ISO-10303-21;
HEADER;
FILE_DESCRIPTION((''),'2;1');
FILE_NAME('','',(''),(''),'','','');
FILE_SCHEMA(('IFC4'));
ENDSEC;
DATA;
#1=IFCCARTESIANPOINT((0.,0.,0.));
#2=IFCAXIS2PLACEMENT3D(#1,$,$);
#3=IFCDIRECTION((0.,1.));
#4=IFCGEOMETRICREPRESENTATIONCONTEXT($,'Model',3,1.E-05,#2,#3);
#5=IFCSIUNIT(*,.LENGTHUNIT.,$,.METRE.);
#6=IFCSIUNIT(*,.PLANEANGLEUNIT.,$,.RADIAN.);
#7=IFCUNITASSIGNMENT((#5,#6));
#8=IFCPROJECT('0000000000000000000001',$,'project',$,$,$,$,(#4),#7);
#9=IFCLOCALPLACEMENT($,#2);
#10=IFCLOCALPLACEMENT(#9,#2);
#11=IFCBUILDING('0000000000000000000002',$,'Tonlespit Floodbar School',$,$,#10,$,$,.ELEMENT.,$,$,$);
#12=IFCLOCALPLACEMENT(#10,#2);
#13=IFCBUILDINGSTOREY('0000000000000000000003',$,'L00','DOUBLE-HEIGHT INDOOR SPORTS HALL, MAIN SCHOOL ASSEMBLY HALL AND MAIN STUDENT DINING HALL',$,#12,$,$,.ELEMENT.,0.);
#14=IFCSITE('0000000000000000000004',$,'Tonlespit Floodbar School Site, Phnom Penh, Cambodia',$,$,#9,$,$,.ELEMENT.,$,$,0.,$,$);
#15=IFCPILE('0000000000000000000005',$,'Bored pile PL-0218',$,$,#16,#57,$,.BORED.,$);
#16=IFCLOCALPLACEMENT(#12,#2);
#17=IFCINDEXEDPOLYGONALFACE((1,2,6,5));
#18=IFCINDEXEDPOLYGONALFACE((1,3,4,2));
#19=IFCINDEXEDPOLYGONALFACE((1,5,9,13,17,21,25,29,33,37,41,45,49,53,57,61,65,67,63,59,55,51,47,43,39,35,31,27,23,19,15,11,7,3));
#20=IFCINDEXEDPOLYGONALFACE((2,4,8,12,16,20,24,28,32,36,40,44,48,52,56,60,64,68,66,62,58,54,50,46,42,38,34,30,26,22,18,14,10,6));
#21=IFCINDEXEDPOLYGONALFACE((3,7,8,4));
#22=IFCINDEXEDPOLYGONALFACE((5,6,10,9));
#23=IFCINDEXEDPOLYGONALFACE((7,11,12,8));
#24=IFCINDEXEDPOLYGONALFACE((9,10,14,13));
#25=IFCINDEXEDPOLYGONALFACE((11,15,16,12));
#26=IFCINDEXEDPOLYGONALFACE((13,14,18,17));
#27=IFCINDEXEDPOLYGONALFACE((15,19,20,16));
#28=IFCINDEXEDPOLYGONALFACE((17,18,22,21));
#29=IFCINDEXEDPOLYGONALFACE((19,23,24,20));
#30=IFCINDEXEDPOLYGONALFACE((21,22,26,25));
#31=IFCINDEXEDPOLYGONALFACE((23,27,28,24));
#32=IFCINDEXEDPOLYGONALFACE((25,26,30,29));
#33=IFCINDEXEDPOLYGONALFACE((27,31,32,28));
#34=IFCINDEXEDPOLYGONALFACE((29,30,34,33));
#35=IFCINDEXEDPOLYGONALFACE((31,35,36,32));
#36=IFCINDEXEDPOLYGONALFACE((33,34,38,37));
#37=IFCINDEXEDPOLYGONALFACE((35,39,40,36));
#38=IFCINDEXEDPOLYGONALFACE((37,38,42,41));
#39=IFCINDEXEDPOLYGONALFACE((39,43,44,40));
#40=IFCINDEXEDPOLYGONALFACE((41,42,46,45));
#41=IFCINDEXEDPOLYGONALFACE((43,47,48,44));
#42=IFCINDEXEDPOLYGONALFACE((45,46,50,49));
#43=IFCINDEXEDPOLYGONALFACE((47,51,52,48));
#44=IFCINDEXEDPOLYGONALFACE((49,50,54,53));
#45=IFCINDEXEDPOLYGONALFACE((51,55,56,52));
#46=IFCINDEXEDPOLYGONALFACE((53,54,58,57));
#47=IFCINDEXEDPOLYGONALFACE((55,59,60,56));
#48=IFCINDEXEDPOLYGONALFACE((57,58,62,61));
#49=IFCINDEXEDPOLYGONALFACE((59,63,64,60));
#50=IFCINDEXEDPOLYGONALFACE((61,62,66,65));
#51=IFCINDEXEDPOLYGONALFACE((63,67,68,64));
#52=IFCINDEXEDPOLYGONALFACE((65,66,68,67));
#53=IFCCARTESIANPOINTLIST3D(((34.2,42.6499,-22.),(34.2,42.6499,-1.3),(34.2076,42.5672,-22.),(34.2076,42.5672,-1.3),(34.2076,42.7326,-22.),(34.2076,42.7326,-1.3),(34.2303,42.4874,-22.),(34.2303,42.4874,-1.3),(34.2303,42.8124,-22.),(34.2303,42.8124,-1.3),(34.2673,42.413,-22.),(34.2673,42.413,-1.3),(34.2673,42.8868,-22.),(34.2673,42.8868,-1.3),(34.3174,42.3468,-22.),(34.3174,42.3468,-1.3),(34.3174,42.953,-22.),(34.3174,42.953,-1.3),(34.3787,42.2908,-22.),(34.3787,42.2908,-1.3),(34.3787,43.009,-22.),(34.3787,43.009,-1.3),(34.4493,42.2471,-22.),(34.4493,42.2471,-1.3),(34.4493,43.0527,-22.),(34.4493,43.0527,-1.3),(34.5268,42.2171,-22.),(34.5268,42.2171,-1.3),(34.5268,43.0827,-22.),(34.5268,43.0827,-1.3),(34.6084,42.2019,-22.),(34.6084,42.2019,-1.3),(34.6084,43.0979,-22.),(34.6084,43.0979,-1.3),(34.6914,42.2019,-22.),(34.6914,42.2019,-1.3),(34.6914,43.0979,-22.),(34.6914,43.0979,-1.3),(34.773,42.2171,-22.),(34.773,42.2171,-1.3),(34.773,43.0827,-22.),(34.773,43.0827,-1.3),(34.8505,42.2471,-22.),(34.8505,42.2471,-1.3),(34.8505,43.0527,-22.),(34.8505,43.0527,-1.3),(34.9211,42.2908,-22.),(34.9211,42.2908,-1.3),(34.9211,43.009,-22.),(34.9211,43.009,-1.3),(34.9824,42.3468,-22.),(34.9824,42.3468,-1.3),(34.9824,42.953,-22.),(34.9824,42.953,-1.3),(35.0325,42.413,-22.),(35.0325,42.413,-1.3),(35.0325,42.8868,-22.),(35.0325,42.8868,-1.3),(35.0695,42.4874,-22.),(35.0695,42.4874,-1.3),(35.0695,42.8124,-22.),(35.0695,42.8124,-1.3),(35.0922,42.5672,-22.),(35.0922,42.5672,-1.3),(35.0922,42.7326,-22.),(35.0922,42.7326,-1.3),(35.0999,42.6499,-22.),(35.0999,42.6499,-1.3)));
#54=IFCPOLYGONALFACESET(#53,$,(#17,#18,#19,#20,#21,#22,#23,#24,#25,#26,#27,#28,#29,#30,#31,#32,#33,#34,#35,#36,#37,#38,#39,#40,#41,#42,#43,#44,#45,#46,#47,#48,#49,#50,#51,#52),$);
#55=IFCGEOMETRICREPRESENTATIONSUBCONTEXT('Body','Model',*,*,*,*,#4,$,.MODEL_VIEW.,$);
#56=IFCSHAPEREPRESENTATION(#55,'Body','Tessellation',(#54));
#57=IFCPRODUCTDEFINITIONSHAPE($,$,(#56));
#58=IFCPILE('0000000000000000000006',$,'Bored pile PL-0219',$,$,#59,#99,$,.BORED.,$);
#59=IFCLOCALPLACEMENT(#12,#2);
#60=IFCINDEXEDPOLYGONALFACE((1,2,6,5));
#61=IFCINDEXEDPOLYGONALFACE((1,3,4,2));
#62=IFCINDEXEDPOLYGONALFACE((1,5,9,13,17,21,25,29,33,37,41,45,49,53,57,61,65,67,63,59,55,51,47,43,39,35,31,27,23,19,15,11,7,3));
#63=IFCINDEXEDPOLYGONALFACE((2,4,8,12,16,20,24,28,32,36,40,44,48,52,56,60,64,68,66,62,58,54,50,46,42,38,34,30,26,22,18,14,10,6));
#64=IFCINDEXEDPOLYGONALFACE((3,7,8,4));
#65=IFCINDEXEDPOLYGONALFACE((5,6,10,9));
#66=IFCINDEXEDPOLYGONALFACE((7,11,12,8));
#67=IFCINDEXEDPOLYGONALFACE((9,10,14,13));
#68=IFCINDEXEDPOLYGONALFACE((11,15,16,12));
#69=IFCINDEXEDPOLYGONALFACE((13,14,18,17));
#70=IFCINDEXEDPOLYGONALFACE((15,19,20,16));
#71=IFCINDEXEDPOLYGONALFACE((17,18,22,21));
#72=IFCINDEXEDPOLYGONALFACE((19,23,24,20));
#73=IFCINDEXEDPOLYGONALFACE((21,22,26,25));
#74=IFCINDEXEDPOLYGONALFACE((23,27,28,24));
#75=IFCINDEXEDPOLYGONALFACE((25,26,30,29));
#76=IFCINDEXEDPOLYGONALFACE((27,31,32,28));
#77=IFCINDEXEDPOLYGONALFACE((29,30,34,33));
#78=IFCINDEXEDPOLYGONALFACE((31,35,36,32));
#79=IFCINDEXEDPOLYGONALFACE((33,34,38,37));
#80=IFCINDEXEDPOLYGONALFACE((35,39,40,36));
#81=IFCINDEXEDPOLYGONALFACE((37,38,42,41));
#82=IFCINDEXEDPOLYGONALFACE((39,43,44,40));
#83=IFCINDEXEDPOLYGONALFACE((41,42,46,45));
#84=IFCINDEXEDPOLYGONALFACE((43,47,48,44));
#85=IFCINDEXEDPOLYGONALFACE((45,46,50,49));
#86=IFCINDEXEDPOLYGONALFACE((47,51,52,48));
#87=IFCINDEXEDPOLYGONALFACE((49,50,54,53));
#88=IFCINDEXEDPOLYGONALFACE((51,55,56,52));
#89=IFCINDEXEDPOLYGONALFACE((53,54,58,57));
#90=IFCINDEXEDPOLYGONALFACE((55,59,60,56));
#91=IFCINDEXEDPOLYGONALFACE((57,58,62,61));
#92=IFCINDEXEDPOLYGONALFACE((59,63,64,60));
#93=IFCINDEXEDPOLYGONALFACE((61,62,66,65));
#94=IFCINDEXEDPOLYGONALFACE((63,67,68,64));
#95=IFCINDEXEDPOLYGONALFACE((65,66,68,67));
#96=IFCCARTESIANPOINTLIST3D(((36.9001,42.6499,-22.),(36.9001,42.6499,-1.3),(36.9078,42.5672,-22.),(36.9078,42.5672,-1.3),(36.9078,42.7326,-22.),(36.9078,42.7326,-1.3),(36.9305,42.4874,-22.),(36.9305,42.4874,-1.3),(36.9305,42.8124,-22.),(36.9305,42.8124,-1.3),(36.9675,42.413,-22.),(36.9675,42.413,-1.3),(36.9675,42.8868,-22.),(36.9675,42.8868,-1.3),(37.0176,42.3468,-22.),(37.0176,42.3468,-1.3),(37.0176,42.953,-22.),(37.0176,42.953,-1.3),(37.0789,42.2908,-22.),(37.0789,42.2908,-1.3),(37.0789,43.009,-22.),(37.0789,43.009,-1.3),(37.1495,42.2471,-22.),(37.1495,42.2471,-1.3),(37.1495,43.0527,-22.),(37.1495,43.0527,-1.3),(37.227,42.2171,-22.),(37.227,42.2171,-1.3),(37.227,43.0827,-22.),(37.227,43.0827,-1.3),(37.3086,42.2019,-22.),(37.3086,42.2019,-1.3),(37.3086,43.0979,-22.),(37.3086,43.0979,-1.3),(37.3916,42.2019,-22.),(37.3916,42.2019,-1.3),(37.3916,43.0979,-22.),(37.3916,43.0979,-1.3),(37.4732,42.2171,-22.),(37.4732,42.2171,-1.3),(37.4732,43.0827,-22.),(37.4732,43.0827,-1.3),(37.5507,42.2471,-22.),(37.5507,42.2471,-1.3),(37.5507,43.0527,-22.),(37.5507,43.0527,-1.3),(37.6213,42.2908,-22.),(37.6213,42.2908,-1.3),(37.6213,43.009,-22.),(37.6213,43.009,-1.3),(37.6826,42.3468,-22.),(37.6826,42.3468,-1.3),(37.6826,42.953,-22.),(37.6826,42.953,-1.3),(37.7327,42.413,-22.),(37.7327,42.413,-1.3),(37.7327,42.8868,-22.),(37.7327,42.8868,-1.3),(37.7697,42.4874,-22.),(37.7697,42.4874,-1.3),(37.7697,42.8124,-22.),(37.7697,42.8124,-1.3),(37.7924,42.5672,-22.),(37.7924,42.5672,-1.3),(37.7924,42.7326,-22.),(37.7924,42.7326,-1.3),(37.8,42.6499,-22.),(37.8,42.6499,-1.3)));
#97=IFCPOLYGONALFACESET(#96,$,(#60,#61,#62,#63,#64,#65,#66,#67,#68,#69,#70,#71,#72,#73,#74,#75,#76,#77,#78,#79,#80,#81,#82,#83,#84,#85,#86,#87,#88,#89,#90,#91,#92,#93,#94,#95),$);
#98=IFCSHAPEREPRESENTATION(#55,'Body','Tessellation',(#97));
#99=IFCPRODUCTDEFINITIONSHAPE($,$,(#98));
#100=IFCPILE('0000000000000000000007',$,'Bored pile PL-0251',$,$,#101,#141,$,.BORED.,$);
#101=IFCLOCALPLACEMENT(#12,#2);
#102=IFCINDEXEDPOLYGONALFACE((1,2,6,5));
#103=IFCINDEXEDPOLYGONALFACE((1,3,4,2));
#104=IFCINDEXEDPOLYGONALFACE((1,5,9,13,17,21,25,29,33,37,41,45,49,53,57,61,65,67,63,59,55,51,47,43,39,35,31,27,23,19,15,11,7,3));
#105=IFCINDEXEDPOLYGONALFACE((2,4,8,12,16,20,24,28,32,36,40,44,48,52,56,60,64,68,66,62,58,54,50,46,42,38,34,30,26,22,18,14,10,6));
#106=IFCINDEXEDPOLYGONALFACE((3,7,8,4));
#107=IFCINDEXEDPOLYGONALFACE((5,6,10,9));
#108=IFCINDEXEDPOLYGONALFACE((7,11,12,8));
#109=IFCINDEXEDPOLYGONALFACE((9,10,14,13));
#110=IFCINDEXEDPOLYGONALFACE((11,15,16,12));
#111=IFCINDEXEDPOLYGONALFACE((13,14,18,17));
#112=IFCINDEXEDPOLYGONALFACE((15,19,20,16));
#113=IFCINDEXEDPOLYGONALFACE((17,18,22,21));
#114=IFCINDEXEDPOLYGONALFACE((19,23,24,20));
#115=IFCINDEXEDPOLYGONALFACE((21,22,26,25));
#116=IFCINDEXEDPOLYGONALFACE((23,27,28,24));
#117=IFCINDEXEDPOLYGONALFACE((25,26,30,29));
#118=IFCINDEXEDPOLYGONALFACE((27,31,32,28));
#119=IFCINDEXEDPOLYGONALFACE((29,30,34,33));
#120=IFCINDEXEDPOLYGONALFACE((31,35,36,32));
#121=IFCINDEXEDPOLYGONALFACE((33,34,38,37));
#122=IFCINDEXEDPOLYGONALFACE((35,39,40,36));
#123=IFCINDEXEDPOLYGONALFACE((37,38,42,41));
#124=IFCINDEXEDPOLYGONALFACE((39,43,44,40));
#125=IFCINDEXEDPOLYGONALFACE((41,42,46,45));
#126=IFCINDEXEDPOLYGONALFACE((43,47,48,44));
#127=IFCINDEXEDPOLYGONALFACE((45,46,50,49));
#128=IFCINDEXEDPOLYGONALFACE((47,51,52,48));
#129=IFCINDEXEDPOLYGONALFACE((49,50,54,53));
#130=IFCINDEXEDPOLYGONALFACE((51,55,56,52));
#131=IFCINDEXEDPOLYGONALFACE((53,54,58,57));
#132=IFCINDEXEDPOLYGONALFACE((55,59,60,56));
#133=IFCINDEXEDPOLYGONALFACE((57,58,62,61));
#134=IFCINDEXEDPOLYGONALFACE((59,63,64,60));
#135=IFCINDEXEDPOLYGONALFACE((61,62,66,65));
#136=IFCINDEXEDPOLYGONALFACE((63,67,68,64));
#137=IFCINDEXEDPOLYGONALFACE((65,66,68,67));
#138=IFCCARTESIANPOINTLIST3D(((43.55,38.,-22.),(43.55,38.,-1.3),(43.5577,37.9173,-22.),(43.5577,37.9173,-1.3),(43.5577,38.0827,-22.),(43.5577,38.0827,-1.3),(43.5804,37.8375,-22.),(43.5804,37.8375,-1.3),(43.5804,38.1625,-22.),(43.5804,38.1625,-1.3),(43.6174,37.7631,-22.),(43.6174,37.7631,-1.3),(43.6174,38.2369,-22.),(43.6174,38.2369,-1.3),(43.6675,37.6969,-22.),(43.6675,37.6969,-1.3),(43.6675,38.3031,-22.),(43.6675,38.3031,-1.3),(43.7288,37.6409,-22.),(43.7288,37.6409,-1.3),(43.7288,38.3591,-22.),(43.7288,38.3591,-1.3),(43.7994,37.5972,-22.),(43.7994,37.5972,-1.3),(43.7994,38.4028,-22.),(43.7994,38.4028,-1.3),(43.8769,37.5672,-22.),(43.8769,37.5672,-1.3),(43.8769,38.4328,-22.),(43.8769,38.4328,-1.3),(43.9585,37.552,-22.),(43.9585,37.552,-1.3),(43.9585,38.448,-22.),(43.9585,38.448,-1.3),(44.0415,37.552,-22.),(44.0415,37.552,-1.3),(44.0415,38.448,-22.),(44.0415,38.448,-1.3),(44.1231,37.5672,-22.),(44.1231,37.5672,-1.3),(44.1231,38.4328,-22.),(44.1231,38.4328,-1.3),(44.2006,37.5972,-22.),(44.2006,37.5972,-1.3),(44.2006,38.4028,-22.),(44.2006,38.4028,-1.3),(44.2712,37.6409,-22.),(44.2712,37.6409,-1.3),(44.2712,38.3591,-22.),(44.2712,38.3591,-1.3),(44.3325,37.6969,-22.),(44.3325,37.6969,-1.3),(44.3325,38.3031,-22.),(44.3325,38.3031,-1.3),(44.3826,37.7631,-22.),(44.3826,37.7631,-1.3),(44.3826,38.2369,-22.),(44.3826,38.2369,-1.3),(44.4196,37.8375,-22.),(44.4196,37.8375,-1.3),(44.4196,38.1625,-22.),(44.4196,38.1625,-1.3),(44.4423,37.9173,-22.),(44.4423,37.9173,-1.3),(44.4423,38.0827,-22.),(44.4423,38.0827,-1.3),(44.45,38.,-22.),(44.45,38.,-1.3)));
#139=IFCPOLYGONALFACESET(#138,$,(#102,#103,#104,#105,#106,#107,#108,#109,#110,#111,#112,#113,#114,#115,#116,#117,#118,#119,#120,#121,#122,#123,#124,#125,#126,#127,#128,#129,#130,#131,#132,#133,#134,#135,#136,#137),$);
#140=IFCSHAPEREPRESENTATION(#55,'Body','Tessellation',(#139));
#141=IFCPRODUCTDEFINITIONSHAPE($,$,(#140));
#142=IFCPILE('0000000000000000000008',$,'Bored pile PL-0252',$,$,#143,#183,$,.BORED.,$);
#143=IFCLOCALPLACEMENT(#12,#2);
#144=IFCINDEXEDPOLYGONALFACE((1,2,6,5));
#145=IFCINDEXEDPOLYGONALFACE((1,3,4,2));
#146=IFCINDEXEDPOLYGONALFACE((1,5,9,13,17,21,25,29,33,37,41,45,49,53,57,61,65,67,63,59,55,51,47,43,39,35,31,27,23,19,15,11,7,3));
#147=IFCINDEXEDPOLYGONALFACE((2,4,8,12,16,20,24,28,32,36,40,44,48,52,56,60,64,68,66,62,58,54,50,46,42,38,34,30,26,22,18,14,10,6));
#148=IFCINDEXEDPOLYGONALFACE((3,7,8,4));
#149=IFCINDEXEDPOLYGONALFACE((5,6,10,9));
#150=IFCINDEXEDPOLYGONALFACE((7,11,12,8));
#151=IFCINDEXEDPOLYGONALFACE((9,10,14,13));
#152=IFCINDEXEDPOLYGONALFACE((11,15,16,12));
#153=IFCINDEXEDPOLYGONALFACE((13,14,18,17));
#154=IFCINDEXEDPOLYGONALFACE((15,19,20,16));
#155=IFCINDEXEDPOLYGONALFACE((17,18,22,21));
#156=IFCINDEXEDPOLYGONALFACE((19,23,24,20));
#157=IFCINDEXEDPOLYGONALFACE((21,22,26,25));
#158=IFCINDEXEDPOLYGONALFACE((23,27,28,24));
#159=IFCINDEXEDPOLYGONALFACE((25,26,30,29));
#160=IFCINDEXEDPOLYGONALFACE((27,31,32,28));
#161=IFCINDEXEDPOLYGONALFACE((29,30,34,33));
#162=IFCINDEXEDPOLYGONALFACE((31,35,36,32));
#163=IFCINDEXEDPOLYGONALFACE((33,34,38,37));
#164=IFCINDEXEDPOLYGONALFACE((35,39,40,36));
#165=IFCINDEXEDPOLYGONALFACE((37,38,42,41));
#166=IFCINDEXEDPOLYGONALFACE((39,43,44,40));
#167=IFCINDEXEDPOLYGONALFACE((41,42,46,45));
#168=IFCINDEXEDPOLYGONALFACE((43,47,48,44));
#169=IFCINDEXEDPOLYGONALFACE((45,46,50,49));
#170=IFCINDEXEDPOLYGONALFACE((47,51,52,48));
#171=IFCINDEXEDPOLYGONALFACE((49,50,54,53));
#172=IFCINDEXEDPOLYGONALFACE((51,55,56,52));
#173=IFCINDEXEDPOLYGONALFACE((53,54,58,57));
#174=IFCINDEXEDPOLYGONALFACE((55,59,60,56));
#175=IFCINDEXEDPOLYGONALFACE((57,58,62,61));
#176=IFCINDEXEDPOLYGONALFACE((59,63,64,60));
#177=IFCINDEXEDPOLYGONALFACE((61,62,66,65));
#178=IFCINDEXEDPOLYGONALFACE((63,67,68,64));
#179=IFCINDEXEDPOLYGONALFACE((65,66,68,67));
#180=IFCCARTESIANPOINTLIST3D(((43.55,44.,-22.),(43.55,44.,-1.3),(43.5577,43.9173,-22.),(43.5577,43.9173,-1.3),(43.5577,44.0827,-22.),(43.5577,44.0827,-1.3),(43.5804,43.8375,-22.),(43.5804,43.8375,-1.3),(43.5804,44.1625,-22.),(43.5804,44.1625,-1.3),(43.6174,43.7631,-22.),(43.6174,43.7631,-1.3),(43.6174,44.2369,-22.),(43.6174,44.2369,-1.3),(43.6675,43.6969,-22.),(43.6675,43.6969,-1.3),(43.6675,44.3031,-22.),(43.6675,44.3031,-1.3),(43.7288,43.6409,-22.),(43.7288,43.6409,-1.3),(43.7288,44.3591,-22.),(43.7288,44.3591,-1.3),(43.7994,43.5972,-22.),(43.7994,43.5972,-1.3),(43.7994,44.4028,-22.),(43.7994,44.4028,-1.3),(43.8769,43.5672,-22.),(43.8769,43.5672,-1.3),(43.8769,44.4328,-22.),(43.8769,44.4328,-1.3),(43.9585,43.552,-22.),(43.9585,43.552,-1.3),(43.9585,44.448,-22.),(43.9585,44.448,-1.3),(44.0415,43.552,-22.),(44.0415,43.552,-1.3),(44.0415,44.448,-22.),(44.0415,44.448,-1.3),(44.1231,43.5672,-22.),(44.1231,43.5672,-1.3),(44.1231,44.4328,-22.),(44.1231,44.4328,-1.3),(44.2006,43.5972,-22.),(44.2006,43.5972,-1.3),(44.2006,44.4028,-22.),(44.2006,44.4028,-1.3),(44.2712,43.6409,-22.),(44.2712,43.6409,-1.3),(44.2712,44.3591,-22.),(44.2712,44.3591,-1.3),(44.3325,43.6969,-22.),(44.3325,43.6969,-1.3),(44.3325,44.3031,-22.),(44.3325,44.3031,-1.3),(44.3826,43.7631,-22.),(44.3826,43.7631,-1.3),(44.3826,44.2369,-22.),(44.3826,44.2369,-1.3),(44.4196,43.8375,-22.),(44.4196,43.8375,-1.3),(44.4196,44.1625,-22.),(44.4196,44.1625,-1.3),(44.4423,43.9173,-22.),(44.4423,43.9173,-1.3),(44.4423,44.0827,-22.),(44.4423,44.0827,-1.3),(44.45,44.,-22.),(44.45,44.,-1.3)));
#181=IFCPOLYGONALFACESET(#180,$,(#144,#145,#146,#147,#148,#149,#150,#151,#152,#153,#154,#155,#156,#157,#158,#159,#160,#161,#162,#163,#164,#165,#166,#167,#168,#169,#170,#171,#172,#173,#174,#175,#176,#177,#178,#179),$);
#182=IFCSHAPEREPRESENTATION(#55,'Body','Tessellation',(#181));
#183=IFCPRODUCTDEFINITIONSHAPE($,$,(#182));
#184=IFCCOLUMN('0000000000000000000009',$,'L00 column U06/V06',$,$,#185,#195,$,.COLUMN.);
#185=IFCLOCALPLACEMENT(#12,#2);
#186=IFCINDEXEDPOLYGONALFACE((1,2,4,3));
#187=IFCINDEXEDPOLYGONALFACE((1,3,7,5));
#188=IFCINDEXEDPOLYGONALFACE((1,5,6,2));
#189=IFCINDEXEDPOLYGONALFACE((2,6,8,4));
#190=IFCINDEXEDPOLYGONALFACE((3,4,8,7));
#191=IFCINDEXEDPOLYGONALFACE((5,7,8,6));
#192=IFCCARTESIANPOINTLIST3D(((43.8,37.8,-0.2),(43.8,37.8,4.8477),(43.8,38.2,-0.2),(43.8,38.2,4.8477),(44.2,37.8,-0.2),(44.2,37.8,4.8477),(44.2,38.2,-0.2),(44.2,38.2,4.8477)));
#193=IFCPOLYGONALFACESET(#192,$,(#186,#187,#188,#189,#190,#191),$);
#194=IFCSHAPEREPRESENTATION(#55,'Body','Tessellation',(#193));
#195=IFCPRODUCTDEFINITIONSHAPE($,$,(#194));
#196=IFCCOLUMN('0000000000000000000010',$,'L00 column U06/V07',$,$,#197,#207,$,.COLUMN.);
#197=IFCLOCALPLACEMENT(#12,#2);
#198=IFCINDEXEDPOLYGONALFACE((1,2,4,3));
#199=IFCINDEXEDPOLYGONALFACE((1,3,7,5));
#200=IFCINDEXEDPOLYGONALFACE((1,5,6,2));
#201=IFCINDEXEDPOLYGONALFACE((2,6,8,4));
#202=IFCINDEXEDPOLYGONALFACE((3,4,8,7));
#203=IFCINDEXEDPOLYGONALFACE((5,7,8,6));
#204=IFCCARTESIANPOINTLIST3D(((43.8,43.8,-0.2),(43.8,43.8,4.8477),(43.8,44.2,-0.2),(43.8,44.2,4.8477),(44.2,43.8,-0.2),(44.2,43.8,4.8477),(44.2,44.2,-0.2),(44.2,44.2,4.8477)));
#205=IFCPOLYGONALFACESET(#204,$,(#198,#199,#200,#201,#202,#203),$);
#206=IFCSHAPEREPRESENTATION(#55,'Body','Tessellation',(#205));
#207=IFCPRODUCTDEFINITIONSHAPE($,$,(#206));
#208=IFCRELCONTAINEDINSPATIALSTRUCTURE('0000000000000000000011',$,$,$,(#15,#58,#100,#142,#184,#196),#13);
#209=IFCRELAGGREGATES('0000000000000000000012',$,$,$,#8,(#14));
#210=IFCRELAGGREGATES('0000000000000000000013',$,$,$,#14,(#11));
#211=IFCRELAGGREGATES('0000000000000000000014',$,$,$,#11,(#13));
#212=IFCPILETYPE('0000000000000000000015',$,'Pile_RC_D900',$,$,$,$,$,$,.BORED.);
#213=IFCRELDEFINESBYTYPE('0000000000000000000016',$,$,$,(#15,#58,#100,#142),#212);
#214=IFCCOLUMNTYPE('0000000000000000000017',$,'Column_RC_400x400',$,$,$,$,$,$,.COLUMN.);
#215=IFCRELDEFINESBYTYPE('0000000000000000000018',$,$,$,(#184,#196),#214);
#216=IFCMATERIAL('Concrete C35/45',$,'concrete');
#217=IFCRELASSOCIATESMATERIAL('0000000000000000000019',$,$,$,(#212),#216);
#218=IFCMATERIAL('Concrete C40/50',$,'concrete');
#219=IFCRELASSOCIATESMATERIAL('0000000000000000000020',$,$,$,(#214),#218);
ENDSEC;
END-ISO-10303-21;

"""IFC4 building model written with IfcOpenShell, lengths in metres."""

from ifc_helpers import new_model, si_unit, direction, frame, origin, origin_2d, place, context, subcontext, project, spatial, rectangle, circle, extrude, material, material_profile, profile_set, type_object, element, save


model = new_model("IFC4")

# Units and contexts
model_context = context("Model", 3, precision=1e-05, world=origin(), true_north=direction((0.0, 1.0)))
body_context = subcontext(model_context, "Body", "Model", "MODEL_VIEW")
ifc_project = project(units=[si_unit("LENGTHUNIT", "METRE"), si_unit("PLANEANGLEUNIT", "RADIAN")], contexts=[model_context])

# Site, building, storey
site_placement = place(None, origin())
site = spatial("IfcSite", under=ifc_project, at=site_placement, Name="Tonlespit Floodbar School Site, Phnom Penh, Cambodia", CompositionType="ELEMENT", RefElevation=0.0)
building_placement = place(site_placement, origin())
building = spatial("IfcBuilding", under=site, at=building_placement, Name="Tonlespit Floodbar School", CompositionType="ELEMENT")
storey_placement = place(building_placement, origin())
storey = spatial("IfcBuildingStorey", under=building, at=storey_placement, Name="L00", Description="DOUBLE-HEIGHT INDOOR SPORTS HALL, MAIN SCHOOL ASSEMBLY HALL AND MAIN STUDENT DINING HALL", CompositionType="ELEMENT", Elevation=0.0)

# Shared definitions
ifc_material_1 = material(Name="Concrete C40/50", Category="concrete")

# Piles
ifc_material_2 = material(Name="Concrete C35/45", Category="concrete")
ifc_material_profile_1 = material_profile(ifc_material_2, circle(Radius=0.45, at=origin_2d()), Name="BP D900")
ifc_profile_set_1 = profile_set([ifc_material_profile_1], Name="Concrete C35/45")
pile_type = type_object("IfcPileType", Name="Pile_RC_D900", PredefinedType="BORED", material=ifc_profile_set_1)
for number, where, z_axis, x_axis, name in (
    (1, (34.6499, 42.6499, -1.3), (0.0, 0.0, -1.0), (1.0, 0.0, 0.0), "Bored pile PL-0218"),
    (2, (37.3501, 42.6499, -1.3), (0.0, 0.0, -1.0), (1.0, 0.0, 0.0), "Bored pile PL-0219"),
    (3, (44.0, 38.0, -1.3), (0.0, 0.0, -1.0), (1.0, 0.0, 0.0), "Bored pile PL-0251"),
    (4, (44.0, 44.0, -1.3), (0.0, 0.0, -1.0), (1.0, 0.0, 0.0), "Bored pile PL-0252"),
):
    element("IfcPile", number, at=place(storey_placement, frame(where, z_axis=z_axis, x_axis=x_axis)), inside=storey, type_object=pile_type, Name=name, PredefinedType="BORED", context=body_context, shape_type="SweptSolid", body=[
        extrude(circle(Radius=0.45, at=origin_2d()), origin(), (0.0, 0.0, 1.0), 20.7),
    ])

# Columns
ifc_material_profile_2 = material_profile(ifc_material_1, rectangle(XDim=0.3999, YDim=0.3999, at=origin_2d()), Name="RC 400x400")
ifc_profile_set_2 = profile_set([ifc_material_profile_2], Name="Concrete C40/50")
column_type_1 = type_object("IfcColumnType", Name="Column_RC_400x400", PredefinedType="COLUMN", material=ifc_profile_set_2)
for number, where, z_axis, x_axis, name in (
    (5, (44.0, 38.0, -0.2), (0.0, 0.0, 1.0), (1.0, 0.0, 0.0), "L00 column U06/V06"),
    (6, (44.0, 44.0, -0.2), (0.0, 0.0, 1.0), (1.0, 0.0, 0.0), "L00 column U06/V07"),
):
    element("IfcColumn", number, at=place(storey_placement, frame(where, z_axis=z_axis, x_axis=x_axis)), inside=storey, type_object=column_type_1, Name=name, PredefinedType="COLUMN", context=body_context, shape_type="SweptSolid", body=[
        extrude(rectangle(XDim=0.3999, YDim=0.3999, at=origin_2d()), origin(), (0.0, 0.0, 1.0), 5.0476),
    ])

save(model, "model.ifc")
